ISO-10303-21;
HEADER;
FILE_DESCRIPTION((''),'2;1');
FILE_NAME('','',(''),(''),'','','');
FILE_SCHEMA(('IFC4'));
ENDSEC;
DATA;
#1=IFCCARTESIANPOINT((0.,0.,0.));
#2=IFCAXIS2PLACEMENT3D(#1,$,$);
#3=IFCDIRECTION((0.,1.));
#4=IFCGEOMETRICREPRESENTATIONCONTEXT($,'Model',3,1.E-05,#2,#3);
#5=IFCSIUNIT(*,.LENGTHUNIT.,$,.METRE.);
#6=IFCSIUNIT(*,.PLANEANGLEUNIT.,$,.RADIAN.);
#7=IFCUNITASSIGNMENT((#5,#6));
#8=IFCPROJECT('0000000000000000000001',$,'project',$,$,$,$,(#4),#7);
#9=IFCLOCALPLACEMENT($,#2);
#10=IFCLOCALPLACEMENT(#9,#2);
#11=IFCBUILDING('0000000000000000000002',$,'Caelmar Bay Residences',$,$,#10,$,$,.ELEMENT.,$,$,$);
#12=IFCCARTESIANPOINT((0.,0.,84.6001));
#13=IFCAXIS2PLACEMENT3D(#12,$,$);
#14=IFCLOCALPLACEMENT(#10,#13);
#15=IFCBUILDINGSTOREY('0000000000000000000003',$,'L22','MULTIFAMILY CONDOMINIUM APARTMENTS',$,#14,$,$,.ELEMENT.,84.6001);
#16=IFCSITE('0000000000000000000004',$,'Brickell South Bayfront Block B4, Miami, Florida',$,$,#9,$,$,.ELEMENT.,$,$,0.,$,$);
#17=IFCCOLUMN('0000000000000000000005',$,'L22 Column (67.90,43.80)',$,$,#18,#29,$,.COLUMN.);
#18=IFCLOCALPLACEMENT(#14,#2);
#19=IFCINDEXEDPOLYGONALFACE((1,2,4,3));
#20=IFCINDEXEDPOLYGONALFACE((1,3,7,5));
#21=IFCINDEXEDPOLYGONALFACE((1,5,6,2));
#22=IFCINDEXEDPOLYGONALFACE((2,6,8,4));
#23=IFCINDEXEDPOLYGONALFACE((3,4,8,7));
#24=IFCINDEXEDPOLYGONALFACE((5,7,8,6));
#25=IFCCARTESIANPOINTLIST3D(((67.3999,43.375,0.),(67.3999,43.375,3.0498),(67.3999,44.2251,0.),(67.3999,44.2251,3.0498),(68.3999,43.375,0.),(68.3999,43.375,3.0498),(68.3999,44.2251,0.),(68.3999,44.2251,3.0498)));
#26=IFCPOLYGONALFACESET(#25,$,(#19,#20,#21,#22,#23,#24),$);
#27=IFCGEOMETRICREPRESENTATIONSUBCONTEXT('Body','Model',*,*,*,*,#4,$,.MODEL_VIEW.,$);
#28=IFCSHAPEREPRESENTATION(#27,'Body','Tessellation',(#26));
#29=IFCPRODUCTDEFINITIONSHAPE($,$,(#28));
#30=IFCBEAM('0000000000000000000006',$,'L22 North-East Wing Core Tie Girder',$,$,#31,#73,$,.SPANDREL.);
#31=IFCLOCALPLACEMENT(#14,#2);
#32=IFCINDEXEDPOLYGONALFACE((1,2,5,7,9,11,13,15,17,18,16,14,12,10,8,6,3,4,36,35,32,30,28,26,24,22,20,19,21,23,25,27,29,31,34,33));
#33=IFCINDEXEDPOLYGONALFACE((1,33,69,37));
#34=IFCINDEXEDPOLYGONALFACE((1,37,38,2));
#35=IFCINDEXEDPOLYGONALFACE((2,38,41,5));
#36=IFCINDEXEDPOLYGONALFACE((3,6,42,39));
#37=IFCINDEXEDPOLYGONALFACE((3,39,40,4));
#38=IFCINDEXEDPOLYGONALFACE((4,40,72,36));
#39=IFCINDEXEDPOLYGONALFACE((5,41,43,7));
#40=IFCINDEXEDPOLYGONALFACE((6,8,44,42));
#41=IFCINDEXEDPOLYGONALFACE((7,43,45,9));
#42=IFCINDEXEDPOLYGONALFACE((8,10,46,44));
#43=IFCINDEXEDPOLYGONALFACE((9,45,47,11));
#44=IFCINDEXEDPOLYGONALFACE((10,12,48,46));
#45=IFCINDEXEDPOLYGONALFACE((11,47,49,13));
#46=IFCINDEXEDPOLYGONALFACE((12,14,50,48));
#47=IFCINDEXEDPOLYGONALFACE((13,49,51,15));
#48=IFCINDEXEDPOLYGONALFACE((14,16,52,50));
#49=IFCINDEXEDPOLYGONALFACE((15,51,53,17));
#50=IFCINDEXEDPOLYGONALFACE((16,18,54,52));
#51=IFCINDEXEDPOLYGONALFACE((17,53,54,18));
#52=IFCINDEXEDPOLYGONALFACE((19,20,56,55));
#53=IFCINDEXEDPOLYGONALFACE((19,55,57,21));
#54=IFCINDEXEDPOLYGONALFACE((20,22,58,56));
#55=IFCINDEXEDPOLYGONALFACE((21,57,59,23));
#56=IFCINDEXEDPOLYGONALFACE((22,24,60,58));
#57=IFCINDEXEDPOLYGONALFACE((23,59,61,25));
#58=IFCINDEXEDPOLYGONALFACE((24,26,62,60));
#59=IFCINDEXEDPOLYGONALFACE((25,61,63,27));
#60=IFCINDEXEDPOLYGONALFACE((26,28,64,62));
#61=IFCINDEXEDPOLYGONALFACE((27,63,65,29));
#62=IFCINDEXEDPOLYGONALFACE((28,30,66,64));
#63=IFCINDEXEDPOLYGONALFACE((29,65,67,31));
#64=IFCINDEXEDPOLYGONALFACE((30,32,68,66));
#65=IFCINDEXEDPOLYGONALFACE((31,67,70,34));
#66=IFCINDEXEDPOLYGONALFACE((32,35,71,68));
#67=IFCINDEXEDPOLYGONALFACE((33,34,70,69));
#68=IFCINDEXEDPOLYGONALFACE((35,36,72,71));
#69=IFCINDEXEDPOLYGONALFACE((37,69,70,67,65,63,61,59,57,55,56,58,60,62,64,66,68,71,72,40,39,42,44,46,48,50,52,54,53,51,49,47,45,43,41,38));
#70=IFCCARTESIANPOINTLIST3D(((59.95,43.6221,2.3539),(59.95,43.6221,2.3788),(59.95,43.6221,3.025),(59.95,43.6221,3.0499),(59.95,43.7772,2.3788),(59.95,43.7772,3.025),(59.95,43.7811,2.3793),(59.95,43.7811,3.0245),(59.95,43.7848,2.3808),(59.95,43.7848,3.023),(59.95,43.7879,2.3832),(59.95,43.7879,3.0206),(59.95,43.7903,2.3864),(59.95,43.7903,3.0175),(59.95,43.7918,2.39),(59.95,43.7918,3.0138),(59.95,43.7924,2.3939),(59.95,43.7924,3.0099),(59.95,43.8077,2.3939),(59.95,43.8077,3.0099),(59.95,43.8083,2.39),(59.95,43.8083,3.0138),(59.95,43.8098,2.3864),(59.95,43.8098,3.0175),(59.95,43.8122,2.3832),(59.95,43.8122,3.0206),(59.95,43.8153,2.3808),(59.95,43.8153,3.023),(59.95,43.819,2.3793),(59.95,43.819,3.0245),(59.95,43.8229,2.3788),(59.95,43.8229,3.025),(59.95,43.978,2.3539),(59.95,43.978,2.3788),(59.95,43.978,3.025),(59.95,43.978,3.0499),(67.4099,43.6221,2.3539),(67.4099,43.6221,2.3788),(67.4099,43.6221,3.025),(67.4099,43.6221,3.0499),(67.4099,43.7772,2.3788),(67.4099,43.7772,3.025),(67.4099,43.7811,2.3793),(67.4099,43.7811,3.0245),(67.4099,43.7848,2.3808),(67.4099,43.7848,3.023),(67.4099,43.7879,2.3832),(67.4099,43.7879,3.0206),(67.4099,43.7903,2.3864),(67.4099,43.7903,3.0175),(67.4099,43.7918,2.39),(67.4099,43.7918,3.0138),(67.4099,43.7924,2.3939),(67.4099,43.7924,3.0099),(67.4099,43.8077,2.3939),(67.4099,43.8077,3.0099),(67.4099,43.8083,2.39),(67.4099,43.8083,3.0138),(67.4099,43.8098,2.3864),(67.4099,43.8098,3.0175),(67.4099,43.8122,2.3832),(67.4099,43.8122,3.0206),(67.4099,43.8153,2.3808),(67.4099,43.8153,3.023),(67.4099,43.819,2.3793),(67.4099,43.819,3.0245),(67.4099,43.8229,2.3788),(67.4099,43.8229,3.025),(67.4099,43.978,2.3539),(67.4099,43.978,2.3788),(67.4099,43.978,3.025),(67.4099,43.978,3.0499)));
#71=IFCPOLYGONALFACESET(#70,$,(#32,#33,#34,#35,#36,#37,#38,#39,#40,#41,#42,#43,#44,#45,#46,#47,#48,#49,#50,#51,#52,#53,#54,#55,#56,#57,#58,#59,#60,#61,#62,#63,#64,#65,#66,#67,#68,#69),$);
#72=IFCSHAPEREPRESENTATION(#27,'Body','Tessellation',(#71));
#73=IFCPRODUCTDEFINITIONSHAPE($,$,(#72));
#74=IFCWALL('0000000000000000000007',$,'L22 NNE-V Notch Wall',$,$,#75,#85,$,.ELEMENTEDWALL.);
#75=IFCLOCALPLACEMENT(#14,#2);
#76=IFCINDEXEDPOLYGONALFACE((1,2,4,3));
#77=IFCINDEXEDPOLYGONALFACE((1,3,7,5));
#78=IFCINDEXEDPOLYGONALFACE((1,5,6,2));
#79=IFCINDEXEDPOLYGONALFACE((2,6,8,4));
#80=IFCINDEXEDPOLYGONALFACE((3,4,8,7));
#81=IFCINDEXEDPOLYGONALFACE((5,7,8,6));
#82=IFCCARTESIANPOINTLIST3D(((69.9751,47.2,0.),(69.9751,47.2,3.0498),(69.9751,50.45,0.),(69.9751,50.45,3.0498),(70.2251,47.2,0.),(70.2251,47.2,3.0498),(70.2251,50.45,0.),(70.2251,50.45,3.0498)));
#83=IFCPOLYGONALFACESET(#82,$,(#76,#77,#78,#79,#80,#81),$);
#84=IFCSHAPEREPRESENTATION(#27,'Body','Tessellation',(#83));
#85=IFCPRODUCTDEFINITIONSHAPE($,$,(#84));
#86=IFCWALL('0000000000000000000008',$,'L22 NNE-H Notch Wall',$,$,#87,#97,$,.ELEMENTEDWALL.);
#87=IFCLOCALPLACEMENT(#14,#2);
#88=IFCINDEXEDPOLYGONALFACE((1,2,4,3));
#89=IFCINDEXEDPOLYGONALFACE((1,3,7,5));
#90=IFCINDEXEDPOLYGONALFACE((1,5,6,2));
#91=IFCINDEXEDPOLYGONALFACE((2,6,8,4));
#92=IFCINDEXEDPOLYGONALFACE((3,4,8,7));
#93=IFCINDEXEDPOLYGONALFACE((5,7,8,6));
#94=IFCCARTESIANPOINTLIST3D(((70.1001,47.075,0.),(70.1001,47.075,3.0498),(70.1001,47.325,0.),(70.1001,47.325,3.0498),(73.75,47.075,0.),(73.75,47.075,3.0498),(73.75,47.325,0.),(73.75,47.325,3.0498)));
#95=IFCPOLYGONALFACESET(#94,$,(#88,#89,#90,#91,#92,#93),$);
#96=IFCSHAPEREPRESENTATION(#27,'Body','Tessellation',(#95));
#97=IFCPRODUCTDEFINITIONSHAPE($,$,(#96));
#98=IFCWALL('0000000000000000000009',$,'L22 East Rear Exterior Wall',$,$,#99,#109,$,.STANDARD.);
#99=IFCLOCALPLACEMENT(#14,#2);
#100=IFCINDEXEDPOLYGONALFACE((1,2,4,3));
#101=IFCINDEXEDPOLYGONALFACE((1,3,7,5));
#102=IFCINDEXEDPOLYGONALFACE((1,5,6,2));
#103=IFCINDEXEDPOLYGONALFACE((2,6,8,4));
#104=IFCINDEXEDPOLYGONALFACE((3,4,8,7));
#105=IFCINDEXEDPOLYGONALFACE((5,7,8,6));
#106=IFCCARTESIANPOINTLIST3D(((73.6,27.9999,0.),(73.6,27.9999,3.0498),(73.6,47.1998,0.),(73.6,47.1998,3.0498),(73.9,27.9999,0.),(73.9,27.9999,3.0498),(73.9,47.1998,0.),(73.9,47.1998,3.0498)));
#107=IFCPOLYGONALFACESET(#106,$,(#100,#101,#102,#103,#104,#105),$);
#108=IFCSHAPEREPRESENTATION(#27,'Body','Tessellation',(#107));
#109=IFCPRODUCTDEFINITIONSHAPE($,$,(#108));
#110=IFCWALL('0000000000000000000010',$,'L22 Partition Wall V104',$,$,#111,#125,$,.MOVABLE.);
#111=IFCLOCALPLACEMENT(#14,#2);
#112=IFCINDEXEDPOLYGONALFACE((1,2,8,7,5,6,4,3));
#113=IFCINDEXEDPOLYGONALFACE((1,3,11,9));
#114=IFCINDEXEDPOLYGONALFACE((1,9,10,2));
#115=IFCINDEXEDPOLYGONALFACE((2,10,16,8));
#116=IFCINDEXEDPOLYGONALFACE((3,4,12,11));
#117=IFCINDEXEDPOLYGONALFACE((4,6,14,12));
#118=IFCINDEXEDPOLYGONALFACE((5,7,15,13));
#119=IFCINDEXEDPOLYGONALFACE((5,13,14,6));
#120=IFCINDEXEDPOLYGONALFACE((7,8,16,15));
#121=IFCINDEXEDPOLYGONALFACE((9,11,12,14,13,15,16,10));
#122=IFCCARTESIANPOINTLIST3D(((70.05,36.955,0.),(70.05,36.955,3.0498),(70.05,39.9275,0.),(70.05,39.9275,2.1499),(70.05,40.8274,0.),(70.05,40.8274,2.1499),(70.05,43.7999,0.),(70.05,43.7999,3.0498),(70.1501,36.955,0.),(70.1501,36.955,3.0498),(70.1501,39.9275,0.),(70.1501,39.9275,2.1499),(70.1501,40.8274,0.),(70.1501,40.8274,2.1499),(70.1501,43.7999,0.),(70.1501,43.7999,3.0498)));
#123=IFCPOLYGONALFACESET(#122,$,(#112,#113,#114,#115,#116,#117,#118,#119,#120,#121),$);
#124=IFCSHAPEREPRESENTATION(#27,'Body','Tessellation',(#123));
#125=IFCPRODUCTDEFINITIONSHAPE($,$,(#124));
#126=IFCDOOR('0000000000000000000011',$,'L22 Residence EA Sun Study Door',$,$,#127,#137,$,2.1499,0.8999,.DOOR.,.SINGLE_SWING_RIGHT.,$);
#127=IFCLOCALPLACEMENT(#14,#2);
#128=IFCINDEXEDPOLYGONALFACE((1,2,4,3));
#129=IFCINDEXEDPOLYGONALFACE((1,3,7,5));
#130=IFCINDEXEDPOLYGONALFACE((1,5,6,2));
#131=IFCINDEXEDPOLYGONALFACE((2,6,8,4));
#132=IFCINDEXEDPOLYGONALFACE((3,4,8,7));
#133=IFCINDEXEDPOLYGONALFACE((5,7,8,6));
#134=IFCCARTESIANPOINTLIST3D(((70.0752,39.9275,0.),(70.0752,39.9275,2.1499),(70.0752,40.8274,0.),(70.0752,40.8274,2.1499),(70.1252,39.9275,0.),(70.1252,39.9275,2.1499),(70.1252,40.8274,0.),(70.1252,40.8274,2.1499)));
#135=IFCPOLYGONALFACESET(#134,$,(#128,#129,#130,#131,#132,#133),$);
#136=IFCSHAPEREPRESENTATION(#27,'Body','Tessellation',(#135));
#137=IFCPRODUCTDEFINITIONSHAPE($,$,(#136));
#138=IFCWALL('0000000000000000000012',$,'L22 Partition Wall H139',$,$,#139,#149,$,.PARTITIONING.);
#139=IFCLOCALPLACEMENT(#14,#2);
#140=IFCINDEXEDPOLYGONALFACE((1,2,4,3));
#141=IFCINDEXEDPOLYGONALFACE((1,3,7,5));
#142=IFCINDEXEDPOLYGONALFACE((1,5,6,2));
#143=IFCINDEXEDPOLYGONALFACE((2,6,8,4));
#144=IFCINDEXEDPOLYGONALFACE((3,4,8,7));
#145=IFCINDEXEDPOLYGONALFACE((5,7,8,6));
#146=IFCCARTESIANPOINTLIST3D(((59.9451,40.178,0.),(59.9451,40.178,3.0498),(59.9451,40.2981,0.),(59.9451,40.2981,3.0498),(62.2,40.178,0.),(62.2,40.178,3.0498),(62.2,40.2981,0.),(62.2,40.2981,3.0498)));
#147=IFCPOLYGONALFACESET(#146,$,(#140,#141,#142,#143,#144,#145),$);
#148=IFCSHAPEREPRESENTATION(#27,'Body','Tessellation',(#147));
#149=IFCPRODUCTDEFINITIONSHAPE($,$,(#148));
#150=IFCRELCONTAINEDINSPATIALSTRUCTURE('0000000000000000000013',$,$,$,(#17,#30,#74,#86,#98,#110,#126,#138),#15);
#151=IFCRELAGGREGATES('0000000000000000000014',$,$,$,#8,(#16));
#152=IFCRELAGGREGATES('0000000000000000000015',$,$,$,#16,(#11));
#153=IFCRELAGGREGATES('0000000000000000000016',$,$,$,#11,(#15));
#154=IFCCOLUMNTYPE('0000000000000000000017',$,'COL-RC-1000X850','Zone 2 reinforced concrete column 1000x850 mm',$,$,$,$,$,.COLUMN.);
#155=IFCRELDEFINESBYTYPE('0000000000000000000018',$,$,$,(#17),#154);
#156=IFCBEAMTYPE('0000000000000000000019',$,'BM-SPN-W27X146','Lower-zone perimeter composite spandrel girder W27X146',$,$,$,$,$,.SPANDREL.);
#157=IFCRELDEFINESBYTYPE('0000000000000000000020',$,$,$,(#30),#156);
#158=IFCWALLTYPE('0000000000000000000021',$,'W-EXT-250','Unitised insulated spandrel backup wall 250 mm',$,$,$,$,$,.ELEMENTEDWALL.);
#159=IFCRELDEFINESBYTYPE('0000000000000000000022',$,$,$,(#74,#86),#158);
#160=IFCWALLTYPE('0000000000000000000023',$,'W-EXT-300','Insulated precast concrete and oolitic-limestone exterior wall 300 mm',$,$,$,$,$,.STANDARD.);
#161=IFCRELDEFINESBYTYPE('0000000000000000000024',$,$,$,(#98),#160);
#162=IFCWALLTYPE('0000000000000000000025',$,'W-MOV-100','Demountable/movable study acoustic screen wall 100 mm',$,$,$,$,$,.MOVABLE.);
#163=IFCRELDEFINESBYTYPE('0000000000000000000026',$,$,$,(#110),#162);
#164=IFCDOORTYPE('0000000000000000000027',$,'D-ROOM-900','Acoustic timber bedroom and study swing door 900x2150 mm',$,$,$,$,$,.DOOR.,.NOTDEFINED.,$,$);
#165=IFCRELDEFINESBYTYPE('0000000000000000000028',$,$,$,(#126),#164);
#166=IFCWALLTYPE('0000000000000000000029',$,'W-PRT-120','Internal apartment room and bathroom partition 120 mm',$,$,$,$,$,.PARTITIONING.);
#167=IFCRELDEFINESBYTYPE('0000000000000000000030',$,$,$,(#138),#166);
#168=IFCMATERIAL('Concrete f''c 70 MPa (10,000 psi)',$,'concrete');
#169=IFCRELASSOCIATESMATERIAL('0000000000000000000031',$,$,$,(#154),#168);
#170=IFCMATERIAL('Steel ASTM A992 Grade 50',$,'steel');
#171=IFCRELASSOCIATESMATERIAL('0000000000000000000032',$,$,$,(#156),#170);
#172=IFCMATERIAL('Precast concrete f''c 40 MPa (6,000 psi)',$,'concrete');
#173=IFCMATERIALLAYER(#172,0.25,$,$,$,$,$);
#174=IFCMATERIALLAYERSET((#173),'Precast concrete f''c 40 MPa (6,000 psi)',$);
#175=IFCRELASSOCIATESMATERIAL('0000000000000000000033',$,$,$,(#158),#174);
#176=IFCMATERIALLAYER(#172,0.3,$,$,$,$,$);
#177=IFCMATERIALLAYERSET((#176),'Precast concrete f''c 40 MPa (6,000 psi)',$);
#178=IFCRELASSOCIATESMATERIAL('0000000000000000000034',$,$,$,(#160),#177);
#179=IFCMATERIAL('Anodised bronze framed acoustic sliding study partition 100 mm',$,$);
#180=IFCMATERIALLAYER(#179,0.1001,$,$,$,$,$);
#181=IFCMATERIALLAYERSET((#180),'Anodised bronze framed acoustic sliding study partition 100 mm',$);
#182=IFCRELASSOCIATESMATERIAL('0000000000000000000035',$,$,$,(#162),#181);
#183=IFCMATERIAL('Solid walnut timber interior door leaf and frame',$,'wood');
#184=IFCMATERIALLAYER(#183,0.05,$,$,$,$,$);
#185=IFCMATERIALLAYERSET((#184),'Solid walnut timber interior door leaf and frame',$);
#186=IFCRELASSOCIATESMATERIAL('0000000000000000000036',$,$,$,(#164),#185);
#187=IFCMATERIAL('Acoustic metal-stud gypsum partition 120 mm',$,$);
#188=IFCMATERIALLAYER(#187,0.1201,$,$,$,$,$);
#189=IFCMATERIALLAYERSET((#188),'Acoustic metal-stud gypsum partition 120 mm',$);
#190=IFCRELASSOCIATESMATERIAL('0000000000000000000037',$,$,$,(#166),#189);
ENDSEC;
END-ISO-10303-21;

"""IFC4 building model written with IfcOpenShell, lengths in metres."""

from ifc_helpers import new_model, si_unit, direction, frame, frame_2d, origin, origin_2d, place, context, subcontext, project, spatial, rectangle, i_section, extrude, material, layer, layer_set, material_profile, profile_set, type_object, element, fill, save


model = new_model("IFC4")

# Units and contexts
model_context = context("Model", 3, precision=1e-05, world=origin(), true_north=direction((0.0, 1.0)))
body_context = subcontext(model_context, "Body", "Model", "MODEL_VIEW")
ifc_project = project(units=[si_unit("LENGTHUNIT", "METRE"), si_unit("PLANEANGLEUNIT", "RADIAN")], contexts=[model_context])

# Site, building, storey
site_placement = place(None, origin())
site = spatial("IfcSite", under=ifc_project, at=site_placement, Name="Brickell South Bayfront Block B4, Miami, Florida", CompositionType="ELEMENT", RefElevation=0.0)
building_placement = place(site_placement, origin())
building = spatial("IfcBuilding", under=site, at=building_placement, Name="Caelmar Bay Residences", CompositionType="ELEMENT")
storey_placement = place(building_placement, frame((0.0, 0.0, 84.6001)))
storey = spatial("IfcBuildingStorey", under=building, at=storey_placement, Name="L22", Description="MULTIFAMILY CONDOMINIUM APARTMENTS", CompositionType="ELEMENT", Elevation=84.6001)

# Column
ifc_material_1 = material(Name="Concrete f'c 70 MPa (10,000 psi)", Category="concrete")
ifc_material_profile_1 = material_profile(ifc_material_1, rectangle(XDim=1.0, YDim=0.8501, at=origin_2d()), Name="RC-COL-1000X850")
ifc_profile_set_1 = profile_set([ifc_material_profile_1], Name="Concrete f'c 70 MPa (10,000 psi)")
column_type = type_object("IfcColumnType", Name="COL-RC-1000X850", Description="Zone 2 reinforced concrete column 1000x850 mm", PredefinedType="COLUMN", material=ifc_profile_set_1)
column_placement = place(storey_placement, frame((67.8999, 43.8, 0.0), z_axis=(0.0, 0.0, 1.0), x_axis=(1.0, 0.0, 0.0)))
element("IfcColumn", 1, at=column_placement, inside=storey, type_object=column_type, Name="L22 Column (67.90,43.80)", PredefinedType="COLUMN", context=body_context, shape_type="SweptSolid", body=[
    extrude(rectangle(XDim=1.0, YDim=0.8501, at=origin_2d()), origin(), (0.0, 0.0, 1.0), 3.0498),
])

# Beam
ifc_material_2 = material(Name="Steel ASTM A992 Grade 50", Category="steel")
ifc_material_profile_2 = material_profile(ifc_material_2, i_section(OverallWidth=0.356, OverallDepth=0.696, WebThickness=0.0154, FlangeThickness=0.0249, FilletRadius=0.0151, at=origin_2d()), Name="W27X146")
ifc_profile_set_2 = profile_set([ifc_material_profile_2], Name="Steel ASTM A992 Grade 50")
beam_type = type_object("IfcBeamType", Name="BM-SPN-W27X146", Description="Lower-zone perimeter composite spandrel girder W27X146", PredefinedType="SPANDREL", material=ifc_profile_set_2)
beam_placement = place(storey_placement, frame((59.95, 43.8, 2.7019), z_axis=(1.0, 0.0, 0.0), x_axis=(0.0, 1.0, 0.0)))
element("IfcBeam", 2, at=beam_placement, inside=storey, type_object=beam_type, Name="L22 North-East Wing Core Tie Girder", PredefinedType="SPANDREL", context=body_context, shape_type="SweptSolid", body=[
    extrude(i_section(OverallWidth=0.356, OverallDepth=0.696, WebThickness=0.0154, FlangeThickness=0.0249, FilletRadius=0.0151, at=origin_2d()), origin(), (0.0, 0.0, 1.0), 7.46),
])

# Walls
ifc_material_3 = material(Name="Precast concrete f'c 40 MPa (6,000 psi)", Category="concrete")
ifc_layer_1 = layer(ifc_material_3, 0.25)
ifc_layer_set_1 = layer_set([ifc_layer_1], Name="Precast concrete f'c 40 MPa (6,000 psi)")
wall_type_1 = type_object("IfcWallType", Name="W-EXT-250", Description="Unitised insulated spandrel backup wall 250 mm", PredefinedType="ELEMENTEDWALL", material=ifc_layer_set_1)
wall_1_placement = place(storey_placement, frame((70.1001, 50.45, 0.0), z_axis=(0.0, 0.0, 1.0), x_axis=(0.0, -1.0, 0.0)))
element("IfcWall", 3, at=wall_1_placement, inside=storey, type_object=wall_type_1, Name="L22 NNE-V Notch Wall", PredefinedType="ELEMENTEDWALL", context=body_context, shape_type="SweptSolid", body=[
    extrude(rectangle(XDim=3.25, YDim=0.25, at=frame_2d((1.625, 0.0))), origin(), (0.0, 0.0, 1.0), 3.0498),
])
wall_2_placement = place(storey_placement, frame((70.1001, 47.2, 0.0), z_axis=(0.0, 0.0, 1.0), x_axis=(1.0, 0.0, 0.0)))
element("IfcWall", 4, at=wall_2_placement, inside=storey, type_object=wall_type_1, Name="L22 NNE-H Notch Wall", PredefinedType="ELEMENTEDWALL", context=body_context, shape_type="SweptSolid", body=[
    extrude(rectangle(XDim=3.6499, YDim=0.25, at=frame_2d((1.825, 0.0))), origin(), (0.0, 0.0, 1.0), 3.0498),
])
ifc_layer_2 = layer(ifc_material_3, 0.3)
ifc_layer_set_2 = layer_set([ifc_layer_2], Name="Precast concrete f'c 40 MPa (6,000 psi)")
wall_type_2 = type_object("IfcWallType", Name="W-EXT-300", Description="Insulated precast concrete and oolitic-limestone exterior wall 300 mm", PredefinedType="STANDARD", material=ifc_layer_set_2)
wall_3_placement = place(storey_placement, frame((73.75, 47.2, 0.0), z_axis=(0.0, 0.0, 1.0), x_axis=(0.0, -1.0, 0.0)))
element("IfcWall", 5, at=wall_3_placement, inside=storey, type_object=wall_type_2, Name="L22 East Rear Exterior Wall", PredefinedType="STANDARD", context=body_context, shape_type="SweptSolid", body=[
    extrude(rectangle(XDim=19.2, YDim=0.3, at=frame_2d((9.6001, 0.0))), origin(), (0.0, 0.0, 1.0), 3.0498),
])

# Wall, opening, door
ifc_material_4 = material(Name="Anodised bronze framed acoustic sliding study partition 100 mm")
ifc_layer_3 = layer(ifc_material_4, 0.1001)
ifc_layer_set_3 = layer_set([ifc_layer_3], Name="Anodised bronze framed acoustic sliding study partition 100 mm")
wall_type_3 = type_object("IfcWallType", Name="W-MOV-100", Description="Demountable/movable study acoustic screen wall 100 mm", PredefinedType="MOVABLE", material=ifc_layer_set_3)
wall_4_placement = place(storey_placement, frame((70.1001, 36.9551, 0.0), z_axis=(0.0, 0.0, 1.0), x_axis=(0.0, 1.0, 0.0)))
wall_4 = element("IfcWall", 6, at=wall_4_placement, inside=storey, type_object=wall_type_3, Name="L22 Partition Wall V104", PredefinedType="MOVABLE", context=body_context, shape_type="SweptSolid", body=[
    extrude(rectangle(XDim=6.845, YDim=0.1001, at=frame_2d((3.4224, 0.0))), origin(), (0.0, 0.0, 1.0), 3.0498),
])
opening_1_placement = place(wall_4_placement, frame((2.9724, 0.0, 0.0)))
opening_1 = element("IfcOpeningElement", 7, at=opening_1_placement, cuts=wall_4, PredefinedType="OPENING", context=body_context, shape_type="SweptSolid", body=[
    extrude(rectangle(XDim=0.8999, YDim=2.1499, at=frame_2d((0.45, 1.075))), frame((0.0, 0.0601, 0.0), z_axis=(0.0, -1.0, 0.0), x_axis=(1.0, 0.0, 0.0)), (0.0, 0.0, 1.0), 0.1201),
])
ifc_material_5 = material(Name="Solid walnut timber interior door leaf and frame", Category="wood")
ifc_layer_4 = layer(ifc_material_5, 0.05)
ifc_layer_set_4 = layer_set([ifc_layer_4], Name="Solid walnut timber interior door leaf and frame")
door_type_1 = type_object("IfcDoorType", Name="D-ROOM-900", Description="Acoustic timber bedroom and study swing door 900x2150 mm", OperationType="NOTDEFINED", PredefinedType="DOOR", material=ifc_layer_set_4)
door_1_placement = place(opening_1_placement, origin())
door_1 = element("IfcDoor", 8, at=door_1_placement, inside=storey, type_object=door_type_1, Name="L22 Residence EA Sun Study Door", OperationType="SINGLE_SWING_RIGHT", OverallHeight=2.1499, OverallWidth=0.8999, PredefinedType="DOOR", context=body_context, shape_type="SweptSolid", body=[
    extrude(rectangle(XDim=0.8999, YDim=2.1499, at=frame_2d((0.45, 1.075))), frame((0.0, 0.0249, 0.0), z_axis=(0.0, -1.0, 0.0), x_axis=(1.0, 0.0, 0.0)), (0.0, 0.0, 1.0), 0.05),
])
fill(opening_1, door_1)
ifc_material_6 = material(Name="Acoustic metal-stud gypsum partition 120 mm")
ifc_layer_5 = layer(ifc_material_6, 0.1201)
ifc_layer_set_5 = layer_set([ifc_layer_5], Name="Acoustic metal-stud gypsum partition 120 mm")
wall_type_4 = type_object("IfcWallType", Name="W-PRT-120", Description="Internal apartment room and bathroom partition 120 mm", PredefinedType="PARTITIONING", material=ifc_layer_set_5)

# Wall
wall_5_placement = place(storey_placement, frame((59.9451, 40.238, 0.0), z_axis=(0.0, 0.0, 1.0), x_axis=(1.0, 0.0, 0.0)))
element("IfcWall", 9, at=wall_5_placement, inside=storey, type_object=wall_type_4, Name="L22 Partition Wall H139", PredefinedType="PARTITIONING", context=body_context, shape_type="SweptSolid", body=[
    extrude(rectangle(XDim=2.2549, YDim=0.1201, at=frame_2d((1.1274, 0.0))), origin(), (0.0, 0.0, 1.0), 3.0498),
])

save(model, "model.ifc")
